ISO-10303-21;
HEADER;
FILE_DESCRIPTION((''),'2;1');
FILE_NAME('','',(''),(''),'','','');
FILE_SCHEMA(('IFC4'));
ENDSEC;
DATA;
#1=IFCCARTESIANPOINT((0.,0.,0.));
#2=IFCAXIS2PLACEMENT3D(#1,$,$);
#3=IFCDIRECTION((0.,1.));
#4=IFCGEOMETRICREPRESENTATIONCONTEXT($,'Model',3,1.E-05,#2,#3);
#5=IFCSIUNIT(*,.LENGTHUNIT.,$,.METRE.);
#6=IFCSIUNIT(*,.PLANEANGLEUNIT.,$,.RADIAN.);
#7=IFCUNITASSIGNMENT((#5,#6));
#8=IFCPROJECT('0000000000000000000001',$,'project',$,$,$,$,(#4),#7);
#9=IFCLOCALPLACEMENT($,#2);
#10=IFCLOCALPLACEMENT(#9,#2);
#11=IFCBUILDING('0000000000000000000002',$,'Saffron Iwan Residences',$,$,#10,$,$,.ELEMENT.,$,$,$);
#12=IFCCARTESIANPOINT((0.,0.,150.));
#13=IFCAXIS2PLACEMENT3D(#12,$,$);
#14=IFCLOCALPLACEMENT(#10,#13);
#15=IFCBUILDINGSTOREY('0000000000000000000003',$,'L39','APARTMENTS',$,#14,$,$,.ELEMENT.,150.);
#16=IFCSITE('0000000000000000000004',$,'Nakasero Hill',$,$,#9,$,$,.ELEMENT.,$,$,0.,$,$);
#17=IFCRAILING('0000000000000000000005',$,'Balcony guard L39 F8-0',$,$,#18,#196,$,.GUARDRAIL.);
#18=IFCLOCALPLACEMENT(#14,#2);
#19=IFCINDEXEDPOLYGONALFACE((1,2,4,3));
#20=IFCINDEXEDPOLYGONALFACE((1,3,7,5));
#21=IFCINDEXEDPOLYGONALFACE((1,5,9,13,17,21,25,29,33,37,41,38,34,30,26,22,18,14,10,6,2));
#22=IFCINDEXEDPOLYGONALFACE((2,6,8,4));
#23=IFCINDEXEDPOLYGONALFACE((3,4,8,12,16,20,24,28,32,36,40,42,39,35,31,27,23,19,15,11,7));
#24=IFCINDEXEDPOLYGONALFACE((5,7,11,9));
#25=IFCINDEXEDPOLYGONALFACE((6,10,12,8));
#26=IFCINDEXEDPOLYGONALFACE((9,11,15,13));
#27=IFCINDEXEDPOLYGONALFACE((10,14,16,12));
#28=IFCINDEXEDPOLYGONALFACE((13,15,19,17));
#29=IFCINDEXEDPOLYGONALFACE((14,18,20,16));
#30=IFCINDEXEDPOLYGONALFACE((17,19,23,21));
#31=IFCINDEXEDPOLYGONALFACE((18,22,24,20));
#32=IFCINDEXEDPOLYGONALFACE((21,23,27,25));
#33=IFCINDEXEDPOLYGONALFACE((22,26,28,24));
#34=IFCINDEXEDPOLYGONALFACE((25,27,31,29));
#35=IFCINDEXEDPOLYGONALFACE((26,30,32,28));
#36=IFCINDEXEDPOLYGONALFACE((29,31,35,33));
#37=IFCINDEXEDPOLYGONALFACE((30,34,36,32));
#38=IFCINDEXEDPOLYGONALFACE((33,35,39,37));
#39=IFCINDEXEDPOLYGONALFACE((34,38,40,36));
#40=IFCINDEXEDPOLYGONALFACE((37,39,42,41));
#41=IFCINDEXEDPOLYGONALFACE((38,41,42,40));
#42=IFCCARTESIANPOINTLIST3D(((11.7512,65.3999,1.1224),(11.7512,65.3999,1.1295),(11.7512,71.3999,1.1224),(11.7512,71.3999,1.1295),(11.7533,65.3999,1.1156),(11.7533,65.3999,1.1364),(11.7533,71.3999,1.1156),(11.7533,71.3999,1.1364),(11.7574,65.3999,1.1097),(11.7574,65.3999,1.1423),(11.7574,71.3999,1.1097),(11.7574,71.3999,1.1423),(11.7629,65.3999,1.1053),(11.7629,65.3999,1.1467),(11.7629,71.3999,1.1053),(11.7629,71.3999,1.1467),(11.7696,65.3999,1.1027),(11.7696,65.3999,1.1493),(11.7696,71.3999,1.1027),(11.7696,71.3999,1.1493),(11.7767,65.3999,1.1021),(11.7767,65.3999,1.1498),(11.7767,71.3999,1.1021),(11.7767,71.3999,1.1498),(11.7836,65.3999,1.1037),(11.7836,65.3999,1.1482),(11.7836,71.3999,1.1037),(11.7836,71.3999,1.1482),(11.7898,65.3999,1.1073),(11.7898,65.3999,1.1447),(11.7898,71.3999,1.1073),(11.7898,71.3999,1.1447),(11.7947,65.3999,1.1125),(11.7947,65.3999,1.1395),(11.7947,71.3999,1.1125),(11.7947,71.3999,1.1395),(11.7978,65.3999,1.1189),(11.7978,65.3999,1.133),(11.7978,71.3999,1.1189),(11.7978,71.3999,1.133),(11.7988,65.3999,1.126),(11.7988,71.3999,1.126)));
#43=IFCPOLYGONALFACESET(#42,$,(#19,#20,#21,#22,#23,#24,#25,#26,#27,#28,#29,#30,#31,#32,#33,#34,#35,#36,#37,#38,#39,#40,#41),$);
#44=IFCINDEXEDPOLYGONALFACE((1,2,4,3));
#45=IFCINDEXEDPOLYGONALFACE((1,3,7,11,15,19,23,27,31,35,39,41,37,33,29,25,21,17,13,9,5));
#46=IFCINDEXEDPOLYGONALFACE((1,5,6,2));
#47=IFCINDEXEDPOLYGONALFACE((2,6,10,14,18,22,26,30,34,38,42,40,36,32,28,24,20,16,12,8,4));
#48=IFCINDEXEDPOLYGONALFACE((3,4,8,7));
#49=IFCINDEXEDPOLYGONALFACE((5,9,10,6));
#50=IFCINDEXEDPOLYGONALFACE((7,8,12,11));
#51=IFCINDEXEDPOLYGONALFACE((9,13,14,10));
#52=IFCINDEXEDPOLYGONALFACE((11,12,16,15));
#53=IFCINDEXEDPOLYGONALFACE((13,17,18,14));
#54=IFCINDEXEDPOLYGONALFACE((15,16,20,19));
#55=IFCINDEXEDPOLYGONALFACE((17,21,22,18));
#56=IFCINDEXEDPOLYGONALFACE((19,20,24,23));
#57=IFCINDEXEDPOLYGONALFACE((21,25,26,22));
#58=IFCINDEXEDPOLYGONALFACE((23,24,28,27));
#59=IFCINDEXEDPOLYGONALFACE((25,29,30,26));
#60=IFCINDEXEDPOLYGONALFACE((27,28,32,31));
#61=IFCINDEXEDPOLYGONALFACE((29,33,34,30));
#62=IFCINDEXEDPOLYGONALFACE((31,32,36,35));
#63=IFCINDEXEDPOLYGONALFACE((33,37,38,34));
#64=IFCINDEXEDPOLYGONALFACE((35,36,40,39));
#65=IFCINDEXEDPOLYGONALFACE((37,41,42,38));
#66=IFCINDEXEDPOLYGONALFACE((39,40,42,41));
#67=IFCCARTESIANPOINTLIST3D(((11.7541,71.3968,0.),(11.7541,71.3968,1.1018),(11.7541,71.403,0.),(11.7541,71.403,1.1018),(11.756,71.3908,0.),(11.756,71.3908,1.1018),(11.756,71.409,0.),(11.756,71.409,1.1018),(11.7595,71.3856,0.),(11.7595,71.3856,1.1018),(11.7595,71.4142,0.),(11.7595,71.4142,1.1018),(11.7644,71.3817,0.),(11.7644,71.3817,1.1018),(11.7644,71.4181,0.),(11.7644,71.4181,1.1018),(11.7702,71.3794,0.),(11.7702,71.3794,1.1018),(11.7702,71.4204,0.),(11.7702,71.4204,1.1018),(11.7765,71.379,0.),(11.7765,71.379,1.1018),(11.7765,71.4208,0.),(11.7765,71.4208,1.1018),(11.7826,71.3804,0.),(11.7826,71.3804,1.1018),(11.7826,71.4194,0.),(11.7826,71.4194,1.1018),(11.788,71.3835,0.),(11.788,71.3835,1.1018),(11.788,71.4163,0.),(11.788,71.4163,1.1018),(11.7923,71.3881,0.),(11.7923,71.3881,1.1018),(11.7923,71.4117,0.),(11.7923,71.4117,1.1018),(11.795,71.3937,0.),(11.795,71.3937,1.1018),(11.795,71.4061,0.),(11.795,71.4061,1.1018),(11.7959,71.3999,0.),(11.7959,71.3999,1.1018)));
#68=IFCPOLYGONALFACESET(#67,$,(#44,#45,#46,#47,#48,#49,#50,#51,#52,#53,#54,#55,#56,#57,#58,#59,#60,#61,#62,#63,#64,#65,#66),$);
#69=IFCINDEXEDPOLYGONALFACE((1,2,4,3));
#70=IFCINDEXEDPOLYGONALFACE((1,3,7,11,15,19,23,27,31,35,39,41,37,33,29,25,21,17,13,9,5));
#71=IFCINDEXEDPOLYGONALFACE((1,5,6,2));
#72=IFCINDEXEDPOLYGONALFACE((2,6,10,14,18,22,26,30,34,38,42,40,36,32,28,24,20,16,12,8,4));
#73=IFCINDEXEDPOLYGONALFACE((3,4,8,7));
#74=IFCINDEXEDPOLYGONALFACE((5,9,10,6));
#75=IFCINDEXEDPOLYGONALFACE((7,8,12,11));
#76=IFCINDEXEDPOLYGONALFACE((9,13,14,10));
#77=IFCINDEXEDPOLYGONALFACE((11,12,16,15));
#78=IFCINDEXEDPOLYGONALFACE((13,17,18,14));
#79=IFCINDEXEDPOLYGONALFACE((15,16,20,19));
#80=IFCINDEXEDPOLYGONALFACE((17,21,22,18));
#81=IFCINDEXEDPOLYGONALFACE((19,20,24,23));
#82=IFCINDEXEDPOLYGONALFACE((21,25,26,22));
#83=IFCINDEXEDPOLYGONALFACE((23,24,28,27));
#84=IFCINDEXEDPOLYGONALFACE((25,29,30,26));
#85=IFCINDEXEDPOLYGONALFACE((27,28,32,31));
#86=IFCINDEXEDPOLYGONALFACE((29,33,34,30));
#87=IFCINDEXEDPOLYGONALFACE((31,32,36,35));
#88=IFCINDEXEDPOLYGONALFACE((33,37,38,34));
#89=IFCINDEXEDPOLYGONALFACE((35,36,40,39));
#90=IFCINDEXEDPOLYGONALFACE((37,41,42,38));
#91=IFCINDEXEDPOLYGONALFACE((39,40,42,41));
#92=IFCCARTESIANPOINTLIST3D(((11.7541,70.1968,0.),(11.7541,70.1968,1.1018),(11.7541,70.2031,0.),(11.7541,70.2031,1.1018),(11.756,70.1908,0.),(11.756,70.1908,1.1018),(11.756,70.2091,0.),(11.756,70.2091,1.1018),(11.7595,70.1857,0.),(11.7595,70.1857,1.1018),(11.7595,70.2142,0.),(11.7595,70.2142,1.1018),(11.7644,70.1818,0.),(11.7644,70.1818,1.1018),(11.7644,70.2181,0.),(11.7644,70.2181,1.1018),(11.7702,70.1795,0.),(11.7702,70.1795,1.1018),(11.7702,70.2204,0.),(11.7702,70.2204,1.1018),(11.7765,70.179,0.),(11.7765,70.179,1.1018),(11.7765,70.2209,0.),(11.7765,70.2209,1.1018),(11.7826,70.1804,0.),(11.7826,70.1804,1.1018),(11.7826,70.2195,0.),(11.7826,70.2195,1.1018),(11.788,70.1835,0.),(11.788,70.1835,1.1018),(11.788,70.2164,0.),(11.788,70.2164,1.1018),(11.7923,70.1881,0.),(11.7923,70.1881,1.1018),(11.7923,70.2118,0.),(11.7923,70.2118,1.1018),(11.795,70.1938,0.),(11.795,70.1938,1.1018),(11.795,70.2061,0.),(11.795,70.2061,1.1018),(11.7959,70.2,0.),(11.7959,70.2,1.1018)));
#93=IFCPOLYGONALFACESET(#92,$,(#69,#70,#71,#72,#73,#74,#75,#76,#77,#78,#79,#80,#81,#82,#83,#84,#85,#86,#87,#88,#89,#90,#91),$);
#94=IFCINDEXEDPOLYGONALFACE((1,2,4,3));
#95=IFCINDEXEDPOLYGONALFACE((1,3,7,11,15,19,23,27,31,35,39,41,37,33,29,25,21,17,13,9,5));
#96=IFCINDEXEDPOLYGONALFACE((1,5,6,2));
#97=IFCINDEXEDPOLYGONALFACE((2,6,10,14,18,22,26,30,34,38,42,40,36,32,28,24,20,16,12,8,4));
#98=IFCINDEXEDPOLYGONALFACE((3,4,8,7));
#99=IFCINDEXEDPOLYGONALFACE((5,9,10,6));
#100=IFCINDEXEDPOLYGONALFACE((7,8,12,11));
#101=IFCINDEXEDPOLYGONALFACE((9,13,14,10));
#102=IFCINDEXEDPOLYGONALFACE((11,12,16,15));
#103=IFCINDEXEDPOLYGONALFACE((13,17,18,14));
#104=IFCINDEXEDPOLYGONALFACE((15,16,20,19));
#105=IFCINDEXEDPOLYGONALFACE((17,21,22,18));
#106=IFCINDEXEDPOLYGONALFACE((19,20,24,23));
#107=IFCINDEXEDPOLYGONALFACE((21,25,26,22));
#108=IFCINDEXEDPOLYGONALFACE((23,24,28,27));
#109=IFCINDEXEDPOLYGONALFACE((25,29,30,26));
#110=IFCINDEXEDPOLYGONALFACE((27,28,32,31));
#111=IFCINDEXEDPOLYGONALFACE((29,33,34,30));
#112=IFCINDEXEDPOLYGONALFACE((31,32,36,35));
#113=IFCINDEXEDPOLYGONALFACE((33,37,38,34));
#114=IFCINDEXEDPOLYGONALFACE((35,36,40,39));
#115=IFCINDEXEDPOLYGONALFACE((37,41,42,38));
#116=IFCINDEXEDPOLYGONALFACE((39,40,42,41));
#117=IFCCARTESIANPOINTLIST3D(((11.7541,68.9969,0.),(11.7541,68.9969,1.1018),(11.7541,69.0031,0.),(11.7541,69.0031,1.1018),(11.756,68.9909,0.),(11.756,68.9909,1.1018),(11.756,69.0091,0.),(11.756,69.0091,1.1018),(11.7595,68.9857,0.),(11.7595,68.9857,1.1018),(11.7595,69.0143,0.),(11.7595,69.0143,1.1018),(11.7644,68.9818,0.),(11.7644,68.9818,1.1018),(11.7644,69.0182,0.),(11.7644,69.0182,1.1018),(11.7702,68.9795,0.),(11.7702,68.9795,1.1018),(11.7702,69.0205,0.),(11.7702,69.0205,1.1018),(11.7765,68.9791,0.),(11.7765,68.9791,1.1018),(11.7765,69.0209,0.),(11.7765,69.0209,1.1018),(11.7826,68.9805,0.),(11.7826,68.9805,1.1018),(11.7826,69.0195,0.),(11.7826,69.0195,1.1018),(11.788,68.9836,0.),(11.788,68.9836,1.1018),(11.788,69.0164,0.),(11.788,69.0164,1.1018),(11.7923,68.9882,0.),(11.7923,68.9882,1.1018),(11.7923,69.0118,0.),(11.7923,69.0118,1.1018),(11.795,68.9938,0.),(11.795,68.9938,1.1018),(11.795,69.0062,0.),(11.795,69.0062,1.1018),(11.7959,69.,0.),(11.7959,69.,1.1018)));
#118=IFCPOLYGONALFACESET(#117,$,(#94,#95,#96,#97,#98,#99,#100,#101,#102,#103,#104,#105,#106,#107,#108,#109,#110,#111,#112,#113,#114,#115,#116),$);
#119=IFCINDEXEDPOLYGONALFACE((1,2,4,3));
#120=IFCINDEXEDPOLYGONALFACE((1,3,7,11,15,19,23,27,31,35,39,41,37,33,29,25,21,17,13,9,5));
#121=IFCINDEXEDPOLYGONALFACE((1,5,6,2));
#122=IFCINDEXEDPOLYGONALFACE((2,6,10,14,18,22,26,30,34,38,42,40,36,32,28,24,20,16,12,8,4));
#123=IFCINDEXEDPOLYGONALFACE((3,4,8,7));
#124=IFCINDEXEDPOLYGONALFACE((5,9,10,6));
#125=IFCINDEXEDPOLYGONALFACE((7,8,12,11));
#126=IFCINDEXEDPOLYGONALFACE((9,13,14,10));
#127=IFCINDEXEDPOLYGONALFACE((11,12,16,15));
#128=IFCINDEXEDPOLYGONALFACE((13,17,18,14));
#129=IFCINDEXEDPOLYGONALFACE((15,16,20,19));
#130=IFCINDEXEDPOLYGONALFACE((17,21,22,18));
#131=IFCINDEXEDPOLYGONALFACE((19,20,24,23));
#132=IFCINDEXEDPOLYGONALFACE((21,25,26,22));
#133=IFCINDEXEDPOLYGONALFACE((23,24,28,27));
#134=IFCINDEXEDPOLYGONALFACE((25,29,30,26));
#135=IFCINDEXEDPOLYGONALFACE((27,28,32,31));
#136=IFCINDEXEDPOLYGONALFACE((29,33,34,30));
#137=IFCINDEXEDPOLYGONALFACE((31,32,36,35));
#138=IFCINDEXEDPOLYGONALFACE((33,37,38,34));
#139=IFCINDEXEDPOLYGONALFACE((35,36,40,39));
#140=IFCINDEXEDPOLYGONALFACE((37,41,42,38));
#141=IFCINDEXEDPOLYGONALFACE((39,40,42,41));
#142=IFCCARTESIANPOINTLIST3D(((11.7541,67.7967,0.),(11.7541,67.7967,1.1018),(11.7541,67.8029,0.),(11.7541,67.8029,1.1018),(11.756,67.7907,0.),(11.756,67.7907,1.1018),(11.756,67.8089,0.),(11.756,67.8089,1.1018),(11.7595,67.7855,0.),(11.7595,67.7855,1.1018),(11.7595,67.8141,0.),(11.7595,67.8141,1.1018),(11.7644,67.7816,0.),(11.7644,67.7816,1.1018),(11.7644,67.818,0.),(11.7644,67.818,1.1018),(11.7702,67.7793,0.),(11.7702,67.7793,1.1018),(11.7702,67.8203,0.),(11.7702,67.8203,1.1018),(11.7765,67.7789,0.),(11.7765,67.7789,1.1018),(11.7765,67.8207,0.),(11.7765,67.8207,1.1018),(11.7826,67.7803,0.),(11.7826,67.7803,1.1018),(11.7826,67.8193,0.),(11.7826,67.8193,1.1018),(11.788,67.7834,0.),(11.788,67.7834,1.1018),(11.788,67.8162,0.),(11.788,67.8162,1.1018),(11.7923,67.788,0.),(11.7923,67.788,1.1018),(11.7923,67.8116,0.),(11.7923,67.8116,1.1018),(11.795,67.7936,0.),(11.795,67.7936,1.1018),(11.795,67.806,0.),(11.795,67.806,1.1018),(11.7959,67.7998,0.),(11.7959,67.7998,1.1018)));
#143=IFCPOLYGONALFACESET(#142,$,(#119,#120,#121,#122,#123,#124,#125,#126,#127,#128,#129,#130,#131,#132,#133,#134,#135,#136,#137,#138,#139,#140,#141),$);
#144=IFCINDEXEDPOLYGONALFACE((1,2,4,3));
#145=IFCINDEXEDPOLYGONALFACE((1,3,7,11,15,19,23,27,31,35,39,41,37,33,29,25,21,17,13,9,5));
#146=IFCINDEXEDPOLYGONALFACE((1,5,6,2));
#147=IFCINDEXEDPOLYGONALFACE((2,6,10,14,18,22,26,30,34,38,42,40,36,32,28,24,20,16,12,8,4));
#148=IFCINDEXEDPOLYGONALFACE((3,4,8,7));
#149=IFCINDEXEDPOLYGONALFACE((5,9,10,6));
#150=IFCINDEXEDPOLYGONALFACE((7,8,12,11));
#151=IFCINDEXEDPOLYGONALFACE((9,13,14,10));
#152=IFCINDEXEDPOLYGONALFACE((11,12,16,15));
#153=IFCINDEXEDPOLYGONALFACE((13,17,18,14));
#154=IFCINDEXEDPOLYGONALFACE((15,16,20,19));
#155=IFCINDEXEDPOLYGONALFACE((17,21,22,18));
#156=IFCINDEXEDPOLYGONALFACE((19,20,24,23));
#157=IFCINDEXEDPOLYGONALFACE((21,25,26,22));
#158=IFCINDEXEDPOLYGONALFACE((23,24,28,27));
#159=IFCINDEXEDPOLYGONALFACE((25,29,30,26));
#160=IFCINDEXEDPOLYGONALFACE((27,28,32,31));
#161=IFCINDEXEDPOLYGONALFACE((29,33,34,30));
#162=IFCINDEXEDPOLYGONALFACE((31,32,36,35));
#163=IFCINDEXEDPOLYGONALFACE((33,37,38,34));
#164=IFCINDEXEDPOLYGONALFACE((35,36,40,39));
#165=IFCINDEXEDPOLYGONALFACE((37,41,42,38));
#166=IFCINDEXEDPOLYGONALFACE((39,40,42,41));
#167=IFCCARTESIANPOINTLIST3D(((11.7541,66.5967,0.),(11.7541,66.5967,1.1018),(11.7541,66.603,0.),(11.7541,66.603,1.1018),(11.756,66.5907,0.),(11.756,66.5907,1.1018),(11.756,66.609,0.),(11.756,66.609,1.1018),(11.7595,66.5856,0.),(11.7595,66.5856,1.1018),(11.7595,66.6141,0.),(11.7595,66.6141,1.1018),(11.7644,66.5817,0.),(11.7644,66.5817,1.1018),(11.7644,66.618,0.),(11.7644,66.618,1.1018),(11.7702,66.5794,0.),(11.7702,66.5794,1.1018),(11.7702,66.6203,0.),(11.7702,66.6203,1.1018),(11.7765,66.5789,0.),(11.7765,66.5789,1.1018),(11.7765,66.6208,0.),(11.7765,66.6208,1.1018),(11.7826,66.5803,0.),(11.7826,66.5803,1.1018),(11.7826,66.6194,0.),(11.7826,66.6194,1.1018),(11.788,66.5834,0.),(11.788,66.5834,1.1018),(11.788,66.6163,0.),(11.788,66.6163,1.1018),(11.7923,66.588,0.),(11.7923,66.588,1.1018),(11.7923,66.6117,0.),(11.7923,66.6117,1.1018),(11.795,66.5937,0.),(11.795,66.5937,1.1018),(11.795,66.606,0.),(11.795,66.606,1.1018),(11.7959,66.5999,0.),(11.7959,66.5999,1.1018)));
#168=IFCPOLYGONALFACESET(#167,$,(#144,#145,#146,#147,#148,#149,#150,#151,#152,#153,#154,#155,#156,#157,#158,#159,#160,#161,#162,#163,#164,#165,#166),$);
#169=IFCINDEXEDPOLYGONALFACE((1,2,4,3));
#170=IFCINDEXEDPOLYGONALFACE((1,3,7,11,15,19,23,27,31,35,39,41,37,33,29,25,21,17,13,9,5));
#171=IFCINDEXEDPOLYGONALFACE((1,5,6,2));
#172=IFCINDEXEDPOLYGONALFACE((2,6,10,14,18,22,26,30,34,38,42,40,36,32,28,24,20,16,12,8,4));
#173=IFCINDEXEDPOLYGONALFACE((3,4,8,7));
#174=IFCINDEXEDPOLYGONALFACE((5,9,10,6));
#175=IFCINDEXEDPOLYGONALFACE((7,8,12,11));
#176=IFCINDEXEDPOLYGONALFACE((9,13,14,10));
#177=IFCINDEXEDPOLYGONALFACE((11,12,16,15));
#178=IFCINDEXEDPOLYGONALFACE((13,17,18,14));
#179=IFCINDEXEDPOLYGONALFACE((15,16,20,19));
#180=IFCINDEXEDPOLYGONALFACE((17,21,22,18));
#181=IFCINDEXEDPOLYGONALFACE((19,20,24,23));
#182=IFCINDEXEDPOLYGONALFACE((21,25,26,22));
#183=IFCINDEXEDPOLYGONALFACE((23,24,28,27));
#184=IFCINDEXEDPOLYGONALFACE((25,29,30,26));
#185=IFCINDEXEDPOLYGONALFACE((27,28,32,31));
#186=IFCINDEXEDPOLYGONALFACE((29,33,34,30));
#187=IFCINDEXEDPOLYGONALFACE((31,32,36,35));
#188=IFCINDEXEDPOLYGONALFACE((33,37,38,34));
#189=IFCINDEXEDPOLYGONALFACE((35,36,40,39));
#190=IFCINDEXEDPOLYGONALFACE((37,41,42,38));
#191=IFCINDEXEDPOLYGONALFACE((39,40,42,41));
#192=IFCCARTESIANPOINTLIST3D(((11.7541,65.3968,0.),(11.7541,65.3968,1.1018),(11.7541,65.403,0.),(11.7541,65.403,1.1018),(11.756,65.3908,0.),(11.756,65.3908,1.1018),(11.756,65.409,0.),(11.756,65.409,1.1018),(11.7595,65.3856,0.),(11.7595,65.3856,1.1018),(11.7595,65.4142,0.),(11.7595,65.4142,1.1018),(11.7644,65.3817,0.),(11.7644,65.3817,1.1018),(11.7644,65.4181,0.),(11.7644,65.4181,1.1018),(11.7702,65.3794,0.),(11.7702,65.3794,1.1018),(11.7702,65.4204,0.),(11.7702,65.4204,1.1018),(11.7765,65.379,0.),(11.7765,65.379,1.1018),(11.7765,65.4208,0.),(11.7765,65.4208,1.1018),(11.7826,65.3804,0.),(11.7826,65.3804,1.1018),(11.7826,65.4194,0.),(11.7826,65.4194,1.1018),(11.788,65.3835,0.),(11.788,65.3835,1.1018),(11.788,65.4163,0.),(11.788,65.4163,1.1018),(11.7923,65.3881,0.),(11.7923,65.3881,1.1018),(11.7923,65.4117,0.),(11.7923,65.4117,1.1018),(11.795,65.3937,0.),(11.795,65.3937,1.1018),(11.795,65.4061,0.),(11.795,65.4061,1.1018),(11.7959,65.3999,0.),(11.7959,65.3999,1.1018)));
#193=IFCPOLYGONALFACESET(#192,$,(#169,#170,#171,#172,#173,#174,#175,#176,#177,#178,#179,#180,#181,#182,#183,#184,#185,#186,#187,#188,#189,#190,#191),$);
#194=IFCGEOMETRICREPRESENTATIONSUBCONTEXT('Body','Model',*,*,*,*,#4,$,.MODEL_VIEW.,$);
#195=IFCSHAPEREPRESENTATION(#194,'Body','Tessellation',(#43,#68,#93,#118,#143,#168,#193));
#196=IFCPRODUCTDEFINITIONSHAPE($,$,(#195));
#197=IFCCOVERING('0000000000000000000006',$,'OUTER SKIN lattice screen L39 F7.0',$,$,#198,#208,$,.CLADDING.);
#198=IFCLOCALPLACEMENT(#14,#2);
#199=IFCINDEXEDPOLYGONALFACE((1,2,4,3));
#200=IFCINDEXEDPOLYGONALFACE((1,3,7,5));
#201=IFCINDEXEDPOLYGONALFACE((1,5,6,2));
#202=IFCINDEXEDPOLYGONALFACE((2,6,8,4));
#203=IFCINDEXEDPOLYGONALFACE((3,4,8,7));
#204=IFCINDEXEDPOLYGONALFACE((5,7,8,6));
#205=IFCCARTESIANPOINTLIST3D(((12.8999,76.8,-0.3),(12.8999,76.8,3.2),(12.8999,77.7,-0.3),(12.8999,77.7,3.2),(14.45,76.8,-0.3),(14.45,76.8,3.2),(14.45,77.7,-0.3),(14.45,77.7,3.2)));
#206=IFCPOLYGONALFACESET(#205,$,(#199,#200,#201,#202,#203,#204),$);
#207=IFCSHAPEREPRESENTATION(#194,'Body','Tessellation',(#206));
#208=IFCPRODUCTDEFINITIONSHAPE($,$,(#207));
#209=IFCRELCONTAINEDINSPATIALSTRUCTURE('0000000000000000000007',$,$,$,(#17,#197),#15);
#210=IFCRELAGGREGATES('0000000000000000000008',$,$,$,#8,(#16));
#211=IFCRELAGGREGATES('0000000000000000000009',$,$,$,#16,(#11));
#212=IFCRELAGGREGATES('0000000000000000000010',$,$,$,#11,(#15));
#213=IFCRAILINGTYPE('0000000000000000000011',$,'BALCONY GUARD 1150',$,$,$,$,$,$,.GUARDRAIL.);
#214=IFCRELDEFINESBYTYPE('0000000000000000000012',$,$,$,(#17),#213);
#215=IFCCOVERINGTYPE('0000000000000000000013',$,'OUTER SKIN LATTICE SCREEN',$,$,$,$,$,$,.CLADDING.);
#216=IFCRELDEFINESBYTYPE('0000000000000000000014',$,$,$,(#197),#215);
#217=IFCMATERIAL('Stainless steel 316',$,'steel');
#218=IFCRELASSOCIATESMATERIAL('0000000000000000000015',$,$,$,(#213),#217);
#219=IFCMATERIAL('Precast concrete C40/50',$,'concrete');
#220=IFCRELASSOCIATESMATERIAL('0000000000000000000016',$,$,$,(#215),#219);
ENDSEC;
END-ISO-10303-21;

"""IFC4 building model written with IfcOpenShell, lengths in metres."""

from ifc_helpers import new_model, si_unit, direction, frame, origin, origin_2d, place, context, subcontext, project, spatial, polyline, circle, outline, extrude, material, type_object, element, save


model = new_model("IFC4")

# Units and contexts
model_context = context("Model", 3, precision=1e-05, world=origin(), true_north=direction((0.0, 1.0)))
body_context = subcontext(model_context, "Body", "Model", "MODEL_VIEW")
ifc_project = project(units=[si_unit("LENGTHUNIT", "METRE"), si_unit("PLANEANGLEUNIT", "RADIAN")], contexts=[model_context])

# Site, building, storey
site_placement = place(None, origin())
site = spatial("IfcSite", under=ifc_project, at=site_placement, Name="Nakasero Hill", CompositionType="ELEMENT", RefElevation=0.0)
building_placement = place(site_placement, origin())
building = spatial("IfcBuilding", under=site, at=building_placement, Name="Saffron Iwan Residences", CompositionType="ELEMENT")
storey_placement = place(building_placement, frame((0.0, 0.0, 150.0)))
storey = spatial("IfcBuildingStorey", under=building, at=storey_placement, Name="L39", Description="APARTMENTS", CompositionType="ELEMENT", Elevation=150.0)

# Railing
ifc_material_1 = material(Name="Stainless steel 316", Category="steel")
railing_type = type_object("IfcRailingType", Name="BALCONY GUARD 1150", PredefinedType="GUARDRAIL", material=ifc_material_1)
railing_placement = place(storey_placement, frame((11.7749, 71.3999, 0.0)))
element("IfcRailing", 1, at=railing_placement, inside=storey, type_object=railing_type, Name="Balcony guard L39 F8-0", PredefinedType="GUARDRAIL", context=body_context, shape_type="SweptSolid", body=[
    extrude(circle(Radius=0.0239, at=origin_2d()), frame((0.0, 0.0, 1.126), z_axis=(0.0, -1.0, 0.0), x_axis=(1.0, 0.0, 0.0)), (0.0, 0.0, 1.0), 6.0),
    extrude(circle(Radius=0.021, at=origin_2d()), origin(), (0.0, 0.0, 1.0), 1.1018),
    extrude(circle(Radius=0.021, at=origin_2d()), frame((0.0, -1.2, 0.0)), (0.0, 0.0, 1.0), 1.1018),
    extrude(circle(Radius=0.021, at=origin_2d()), frame((0.0, -2.3999, 0.0)), (0.0, 0.0, 1.0), 1.1018),
    extrude(circle(Radius=0.021, at=origin_2d()), frame((0.0, -3.6001, 0.0)), (0.0, 0.0, 1.0), 1.1018),
    extrude(circle(Radius=0.021, at=origin_2d()), frame((0.0, -4.8, 0.0)), (0.0, 0.0, 1.0), 1.1018),
    extrude(circle(Radius=0.021, at=origin_2d()), frame((0.0, -6.0, 0.0)), (0.0, 0.0, 1.0), 1.1018),
])

# Covering
ifc_material_2 = material(Name="Precast concrete C40/50", Category="concrete")
covering_type = type_object("IfcCoveringType", Name="OUTER SKIN LATTICE SCREEN", PredefinedType="CLADDING", material=ifc_material_2)
covering_placement = place(storey_placement, frame((14.45, 76.8, -0.3), z_axis=(0.0, 1.0, 0.0), x_axis=(-1.0, 0.0, 0.0)))
element("IfcCovering", 2, at=covering_placement, inside=storey, type_object=covering_type, Name="OUTER SKIN lattice screen L39 F7.0", PredefinedType="CLADDING", context=body_context, shape_type="SweptSolid", body=[
    extrude(outline(polyline([(0.0, 0.0), (1.55, 0.0), (1.55, 3.5), (0.0, 3.5), (0.0, 0.0)])), origin(), (0.0, 0.0, 1.0), 0.8999),
])

save(model, "model.ifc")
